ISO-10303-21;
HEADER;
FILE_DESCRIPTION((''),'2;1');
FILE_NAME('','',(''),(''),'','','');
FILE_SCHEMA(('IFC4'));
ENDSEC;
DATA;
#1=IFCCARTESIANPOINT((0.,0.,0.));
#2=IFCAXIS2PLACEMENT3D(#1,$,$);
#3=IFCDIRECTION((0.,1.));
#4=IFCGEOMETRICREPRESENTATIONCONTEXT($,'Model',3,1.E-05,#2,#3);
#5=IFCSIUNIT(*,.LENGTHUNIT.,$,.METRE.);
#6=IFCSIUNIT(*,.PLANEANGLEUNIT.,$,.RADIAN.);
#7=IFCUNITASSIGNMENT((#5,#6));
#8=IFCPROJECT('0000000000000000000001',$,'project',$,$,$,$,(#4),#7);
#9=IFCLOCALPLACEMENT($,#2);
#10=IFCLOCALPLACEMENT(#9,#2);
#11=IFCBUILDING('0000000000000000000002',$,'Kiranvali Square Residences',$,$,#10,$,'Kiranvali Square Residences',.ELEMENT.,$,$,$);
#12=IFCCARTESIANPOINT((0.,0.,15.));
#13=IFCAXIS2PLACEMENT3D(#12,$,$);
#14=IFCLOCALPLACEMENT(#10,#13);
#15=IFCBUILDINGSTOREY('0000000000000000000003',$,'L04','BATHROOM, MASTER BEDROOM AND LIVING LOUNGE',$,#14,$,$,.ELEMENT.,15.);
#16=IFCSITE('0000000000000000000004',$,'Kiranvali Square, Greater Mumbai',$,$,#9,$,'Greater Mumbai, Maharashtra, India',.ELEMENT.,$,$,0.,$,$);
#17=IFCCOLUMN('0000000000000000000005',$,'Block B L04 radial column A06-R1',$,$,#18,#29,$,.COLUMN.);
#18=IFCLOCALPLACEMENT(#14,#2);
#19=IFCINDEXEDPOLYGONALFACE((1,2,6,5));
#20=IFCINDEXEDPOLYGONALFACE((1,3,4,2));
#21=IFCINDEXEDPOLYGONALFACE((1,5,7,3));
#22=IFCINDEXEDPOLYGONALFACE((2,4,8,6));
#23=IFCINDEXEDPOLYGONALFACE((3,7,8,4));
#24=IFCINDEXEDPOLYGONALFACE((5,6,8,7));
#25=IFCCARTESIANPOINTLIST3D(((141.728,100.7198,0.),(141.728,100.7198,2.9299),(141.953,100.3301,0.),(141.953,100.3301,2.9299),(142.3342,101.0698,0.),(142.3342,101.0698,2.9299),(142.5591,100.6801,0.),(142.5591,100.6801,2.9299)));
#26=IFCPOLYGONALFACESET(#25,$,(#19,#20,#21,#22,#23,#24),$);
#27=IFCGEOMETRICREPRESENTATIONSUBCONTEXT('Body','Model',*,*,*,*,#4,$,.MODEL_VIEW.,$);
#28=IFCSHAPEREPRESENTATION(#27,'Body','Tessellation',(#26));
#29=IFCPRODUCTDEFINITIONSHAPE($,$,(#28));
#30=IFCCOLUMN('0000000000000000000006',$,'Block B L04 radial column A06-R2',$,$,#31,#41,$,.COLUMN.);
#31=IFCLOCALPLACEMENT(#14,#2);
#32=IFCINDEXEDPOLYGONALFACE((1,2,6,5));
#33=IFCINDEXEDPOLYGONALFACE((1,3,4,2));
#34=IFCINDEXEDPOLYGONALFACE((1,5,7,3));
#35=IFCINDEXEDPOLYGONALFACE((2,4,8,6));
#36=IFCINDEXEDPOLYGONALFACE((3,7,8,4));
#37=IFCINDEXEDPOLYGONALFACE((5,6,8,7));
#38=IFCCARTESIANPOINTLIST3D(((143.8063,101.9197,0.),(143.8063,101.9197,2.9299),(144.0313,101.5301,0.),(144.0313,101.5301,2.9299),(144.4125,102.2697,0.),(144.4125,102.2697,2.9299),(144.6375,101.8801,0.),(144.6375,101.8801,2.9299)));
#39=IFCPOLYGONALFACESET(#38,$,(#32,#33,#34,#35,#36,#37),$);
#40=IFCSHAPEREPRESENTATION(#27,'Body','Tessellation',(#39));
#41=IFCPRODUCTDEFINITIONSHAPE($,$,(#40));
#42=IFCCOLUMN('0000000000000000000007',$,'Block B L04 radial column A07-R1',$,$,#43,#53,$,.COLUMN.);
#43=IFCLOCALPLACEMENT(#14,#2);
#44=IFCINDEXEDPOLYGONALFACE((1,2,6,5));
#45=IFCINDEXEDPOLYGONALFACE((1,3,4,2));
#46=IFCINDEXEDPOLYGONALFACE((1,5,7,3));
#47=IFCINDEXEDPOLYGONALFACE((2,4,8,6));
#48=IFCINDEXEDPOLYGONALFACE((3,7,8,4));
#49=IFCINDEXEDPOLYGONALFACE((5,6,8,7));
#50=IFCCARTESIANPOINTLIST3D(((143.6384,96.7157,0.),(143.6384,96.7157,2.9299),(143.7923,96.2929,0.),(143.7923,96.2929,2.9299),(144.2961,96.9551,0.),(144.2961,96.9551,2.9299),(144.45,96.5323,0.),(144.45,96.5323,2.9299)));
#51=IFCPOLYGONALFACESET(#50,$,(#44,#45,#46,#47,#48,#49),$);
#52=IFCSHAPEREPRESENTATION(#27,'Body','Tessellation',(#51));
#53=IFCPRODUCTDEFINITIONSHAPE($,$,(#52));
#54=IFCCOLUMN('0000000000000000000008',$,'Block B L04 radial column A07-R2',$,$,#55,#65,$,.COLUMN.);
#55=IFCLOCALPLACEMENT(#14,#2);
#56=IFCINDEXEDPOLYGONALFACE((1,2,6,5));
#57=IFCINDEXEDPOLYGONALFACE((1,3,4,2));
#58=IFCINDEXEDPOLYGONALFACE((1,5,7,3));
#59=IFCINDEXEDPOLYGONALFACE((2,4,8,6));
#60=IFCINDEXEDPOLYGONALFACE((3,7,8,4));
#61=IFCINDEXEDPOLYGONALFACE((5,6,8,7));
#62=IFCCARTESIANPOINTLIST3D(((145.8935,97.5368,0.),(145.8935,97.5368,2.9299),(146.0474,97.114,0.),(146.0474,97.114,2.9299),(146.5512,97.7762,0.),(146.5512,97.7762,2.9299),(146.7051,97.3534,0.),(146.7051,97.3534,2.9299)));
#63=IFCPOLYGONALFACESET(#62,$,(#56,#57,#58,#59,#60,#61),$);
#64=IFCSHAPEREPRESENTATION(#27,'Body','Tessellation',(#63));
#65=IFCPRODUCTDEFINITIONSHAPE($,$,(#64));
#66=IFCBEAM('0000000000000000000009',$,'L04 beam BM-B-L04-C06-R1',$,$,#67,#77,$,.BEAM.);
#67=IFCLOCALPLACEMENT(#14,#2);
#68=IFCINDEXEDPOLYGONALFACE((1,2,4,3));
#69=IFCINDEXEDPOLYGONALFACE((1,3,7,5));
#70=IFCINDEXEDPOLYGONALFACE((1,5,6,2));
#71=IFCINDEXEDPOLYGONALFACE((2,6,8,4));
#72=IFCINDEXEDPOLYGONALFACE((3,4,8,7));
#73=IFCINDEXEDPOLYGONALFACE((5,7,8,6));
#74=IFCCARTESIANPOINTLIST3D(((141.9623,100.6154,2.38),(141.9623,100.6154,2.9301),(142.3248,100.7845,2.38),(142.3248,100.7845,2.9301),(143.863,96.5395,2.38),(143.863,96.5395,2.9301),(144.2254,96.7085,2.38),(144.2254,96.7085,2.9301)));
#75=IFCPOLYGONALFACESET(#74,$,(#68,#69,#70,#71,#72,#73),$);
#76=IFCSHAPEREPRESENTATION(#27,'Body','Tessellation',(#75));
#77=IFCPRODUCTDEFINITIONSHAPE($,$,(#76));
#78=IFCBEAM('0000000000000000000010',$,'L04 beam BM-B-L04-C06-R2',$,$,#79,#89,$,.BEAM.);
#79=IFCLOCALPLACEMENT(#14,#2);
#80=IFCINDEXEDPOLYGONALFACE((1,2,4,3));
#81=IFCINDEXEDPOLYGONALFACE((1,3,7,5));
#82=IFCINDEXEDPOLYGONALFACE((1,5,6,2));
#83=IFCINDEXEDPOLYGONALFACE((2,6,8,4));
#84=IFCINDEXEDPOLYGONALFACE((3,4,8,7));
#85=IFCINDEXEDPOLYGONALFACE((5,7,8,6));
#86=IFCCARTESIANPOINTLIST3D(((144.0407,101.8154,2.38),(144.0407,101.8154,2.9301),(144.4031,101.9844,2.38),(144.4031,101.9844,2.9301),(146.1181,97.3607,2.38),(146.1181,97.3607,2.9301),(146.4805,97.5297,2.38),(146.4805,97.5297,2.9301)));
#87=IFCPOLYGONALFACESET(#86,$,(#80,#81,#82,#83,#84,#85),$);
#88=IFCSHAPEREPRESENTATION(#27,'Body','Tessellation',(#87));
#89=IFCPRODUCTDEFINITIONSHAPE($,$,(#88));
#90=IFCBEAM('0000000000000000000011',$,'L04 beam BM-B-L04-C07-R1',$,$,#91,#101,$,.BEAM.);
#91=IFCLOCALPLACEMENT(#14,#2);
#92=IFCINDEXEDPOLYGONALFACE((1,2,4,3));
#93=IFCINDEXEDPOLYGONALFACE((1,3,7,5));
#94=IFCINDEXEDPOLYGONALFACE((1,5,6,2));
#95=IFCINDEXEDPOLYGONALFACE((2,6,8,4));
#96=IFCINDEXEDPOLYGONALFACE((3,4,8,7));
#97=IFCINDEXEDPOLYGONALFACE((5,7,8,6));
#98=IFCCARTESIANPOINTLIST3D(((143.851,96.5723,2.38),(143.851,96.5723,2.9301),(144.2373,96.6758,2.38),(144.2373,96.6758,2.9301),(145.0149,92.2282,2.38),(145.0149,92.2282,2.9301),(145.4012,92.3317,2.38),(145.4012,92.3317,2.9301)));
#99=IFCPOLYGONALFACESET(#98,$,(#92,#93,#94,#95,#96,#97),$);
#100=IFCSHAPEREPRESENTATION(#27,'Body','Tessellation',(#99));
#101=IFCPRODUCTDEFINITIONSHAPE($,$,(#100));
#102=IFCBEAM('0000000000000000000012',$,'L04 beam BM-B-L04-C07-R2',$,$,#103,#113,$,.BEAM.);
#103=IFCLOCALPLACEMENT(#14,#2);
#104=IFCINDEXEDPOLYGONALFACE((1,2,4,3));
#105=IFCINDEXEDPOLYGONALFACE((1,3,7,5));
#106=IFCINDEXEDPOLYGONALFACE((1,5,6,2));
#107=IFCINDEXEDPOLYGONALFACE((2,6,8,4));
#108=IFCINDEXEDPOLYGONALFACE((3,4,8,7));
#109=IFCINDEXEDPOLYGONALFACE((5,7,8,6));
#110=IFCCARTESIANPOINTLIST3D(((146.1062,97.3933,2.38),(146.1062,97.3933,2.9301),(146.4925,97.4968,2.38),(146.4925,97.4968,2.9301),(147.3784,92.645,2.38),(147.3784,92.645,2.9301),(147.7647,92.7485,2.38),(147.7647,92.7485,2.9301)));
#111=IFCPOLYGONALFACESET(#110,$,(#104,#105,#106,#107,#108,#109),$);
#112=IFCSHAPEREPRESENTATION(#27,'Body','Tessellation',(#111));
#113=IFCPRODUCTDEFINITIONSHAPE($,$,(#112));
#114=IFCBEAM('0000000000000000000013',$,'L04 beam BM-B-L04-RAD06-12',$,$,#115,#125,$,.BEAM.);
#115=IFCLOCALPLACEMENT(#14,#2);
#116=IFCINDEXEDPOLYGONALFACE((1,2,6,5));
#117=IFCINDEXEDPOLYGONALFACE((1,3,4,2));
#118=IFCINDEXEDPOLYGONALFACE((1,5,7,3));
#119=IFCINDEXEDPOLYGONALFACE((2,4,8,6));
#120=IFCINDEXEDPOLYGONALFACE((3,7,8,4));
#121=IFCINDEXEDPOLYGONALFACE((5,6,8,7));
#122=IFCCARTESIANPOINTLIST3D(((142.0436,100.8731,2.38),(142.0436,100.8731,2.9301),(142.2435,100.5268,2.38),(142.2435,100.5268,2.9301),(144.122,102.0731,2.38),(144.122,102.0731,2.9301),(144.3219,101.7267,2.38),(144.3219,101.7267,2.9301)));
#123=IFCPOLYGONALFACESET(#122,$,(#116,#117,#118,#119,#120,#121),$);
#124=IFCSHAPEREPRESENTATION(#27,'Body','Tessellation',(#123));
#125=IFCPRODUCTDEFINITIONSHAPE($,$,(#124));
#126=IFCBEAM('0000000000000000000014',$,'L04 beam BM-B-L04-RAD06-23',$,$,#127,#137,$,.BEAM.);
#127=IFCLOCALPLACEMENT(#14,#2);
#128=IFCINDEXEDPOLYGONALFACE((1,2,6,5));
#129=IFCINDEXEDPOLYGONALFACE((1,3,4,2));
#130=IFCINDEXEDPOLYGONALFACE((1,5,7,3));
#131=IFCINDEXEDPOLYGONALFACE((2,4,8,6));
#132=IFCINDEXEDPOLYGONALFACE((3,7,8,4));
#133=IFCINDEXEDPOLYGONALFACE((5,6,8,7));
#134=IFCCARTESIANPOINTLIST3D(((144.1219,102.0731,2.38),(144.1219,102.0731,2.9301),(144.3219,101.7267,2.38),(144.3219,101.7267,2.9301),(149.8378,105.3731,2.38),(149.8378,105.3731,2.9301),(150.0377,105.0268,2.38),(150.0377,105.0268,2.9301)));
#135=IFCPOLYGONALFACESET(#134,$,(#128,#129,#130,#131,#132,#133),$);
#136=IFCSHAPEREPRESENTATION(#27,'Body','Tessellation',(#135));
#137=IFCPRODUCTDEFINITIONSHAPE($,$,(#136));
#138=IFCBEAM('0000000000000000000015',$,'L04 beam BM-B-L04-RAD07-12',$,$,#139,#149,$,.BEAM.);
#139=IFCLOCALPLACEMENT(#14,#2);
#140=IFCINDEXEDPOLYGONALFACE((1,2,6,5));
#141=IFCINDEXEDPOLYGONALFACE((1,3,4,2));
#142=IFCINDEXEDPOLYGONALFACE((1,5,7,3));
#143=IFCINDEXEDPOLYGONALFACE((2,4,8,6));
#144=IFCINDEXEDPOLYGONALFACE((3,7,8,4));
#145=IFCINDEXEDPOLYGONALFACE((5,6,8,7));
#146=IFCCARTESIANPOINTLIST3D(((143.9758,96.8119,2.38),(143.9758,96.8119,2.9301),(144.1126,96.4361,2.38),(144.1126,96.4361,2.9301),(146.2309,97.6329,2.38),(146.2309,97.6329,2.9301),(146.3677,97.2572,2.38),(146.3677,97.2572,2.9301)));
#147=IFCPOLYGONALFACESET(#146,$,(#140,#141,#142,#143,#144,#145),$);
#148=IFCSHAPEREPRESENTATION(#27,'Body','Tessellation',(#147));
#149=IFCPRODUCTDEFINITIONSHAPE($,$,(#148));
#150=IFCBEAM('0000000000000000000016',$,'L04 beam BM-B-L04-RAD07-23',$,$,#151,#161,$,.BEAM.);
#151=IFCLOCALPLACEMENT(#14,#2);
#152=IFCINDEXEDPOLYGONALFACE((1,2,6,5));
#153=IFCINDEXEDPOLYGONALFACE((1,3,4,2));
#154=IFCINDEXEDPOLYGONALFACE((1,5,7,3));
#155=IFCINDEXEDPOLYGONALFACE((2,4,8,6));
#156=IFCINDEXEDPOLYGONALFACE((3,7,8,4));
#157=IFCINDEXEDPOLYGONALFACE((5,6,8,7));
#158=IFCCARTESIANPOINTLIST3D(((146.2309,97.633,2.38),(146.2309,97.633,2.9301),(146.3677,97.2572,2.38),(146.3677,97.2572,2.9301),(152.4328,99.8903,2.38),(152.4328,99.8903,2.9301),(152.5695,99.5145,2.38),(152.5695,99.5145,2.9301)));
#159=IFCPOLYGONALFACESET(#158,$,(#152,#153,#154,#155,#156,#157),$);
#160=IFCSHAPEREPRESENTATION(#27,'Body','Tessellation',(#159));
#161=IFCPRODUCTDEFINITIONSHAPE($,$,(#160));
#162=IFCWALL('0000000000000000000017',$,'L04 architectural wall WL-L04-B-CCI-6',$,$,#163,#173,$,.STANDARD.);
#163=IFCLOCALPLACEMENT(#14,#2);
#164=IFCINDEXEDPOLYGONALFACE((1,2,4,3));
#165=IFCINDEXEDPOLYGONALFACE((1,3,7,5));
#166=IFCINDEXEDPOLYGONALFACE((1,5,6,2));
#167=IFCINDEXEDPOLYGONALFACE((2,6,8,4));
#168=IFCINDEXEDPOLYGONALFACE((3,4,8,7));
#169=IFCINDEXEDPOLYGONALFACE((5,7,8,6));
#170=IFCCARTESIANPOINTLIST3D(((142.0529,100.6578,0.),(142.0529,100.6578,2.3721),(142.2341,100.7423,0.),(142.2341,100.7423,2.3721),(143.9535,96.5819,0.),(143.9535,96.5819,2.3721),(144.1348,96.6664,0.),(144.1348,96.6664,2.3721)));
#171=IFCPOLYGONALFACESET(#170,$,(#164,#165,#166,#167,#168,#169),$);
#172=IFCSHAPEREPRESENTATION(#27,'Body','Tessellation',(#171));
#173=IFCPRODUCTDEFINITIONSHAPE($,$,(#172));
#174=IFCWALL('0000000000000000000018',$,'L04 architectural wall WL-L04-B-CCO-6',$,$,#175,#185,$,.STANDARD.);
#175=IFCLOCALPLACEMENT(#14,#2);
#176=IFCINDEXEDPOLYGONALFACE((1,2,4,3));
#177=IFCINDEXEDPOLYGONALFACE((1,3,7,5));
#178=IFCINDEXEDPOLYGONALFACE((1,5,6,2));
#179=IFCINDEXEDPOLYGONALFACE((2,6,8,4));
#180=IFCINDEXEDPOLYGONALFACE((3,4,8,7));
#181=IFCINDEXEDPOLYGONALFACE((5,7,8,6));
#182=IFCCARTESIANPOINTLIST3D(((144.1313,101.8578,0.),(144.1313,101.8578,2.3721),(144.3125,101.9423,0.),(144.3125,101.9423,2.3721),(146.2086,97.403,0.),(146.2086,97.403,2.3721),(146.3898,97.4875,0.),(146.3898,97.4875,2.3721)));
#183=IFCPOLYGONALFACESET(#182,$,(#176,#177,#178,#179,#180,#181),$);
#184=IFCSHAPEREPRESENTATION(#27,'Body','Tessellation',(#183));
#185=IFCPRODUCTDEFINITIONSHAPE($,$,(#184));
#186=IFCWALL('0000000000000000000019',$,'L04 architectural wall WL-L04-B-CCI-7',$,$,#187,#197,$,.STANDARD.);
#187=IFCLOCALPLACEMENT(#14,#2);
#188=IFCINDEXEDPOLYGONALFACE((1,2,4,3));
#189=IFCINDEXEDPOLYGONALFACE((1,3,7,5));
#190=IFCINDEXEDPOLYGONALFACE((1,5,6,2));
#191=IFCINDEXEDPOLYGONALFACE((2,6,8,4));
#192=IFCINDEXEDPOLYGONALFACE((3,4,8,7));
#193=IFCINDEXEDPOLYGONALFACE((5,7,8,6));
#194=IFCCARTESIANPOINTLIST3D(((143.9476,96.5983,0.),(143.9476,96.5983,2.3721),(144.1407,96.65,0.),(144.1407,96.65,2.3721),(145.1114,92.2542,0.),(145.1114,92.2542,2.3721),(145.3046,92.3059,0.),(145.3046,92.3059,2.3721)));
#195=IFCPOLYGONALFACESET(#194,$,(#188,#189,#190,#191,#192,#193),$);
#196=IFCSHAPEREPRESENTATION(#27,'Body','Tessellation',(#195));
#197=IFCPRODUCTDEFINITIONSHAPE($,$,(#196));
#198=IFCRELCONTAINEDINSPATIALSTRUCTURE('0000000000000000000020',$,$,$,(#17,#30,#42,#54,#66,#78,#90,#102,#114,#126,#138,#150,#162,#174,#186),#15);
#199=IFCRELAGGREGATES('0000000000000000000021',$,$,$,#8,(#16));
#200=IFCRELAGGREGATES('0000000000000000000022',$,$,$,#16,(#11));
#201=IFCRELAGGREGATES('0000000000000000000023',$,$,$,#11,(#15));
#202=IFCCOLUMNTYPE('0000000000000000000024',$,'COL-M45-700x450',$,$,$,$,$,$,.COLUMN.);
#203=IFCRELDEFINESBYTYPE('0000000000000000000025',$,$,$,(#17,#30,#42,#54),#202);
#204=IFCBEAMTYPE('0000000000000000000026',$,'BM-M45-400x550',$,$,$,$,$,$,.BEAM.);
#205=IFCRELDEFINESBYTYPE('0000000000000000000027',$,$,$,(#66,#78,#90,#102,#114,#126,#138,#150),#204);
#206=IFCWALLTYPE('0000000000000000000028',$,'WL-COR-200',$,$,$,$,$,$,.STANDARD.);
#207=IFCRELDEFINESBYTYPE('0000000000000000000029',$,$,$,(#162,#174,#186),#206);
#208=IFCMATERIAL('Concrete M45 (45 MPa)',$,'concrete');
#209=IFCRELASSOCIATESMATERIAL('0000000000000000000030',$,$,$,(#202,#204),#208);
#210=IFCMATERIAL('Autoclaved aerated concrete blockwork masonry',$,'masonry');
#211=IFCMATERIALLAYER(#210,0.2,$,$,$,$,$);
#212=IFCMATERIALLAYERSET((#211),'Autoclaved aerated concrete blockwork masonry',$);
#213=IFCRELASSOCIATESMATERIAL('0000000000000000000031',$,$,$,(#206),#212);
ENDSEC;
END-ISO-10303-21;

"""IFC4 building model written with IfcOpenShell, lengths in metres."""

from ifc_helpers import new_model, si_unit, direction, frame, frame_2d, origin, origin_2d, place, context, subcontext, project, spatial, rectangle, extrude, material, layer, layer_set, material_profile, profile_set, type_object, element, save


model = new_model("IFC4")

# Units and contexts
model_context = context("Model", 3, precision=1e-05, world=origin(), true_north=direction((0.0, 1.0)))
body_context = subcontext(model_context, "Body", "Model", "MODEL_VIEW")
ifc_project = project(units=[si_unit("LENGTHUNIT", "METRE"), si_unit("PLANEANGLEUNIT", "RADIAN")], contexts=[model_context])

# Site, building, storey
site_placement = place(None, origin())
site = spatial("IfcSite", under=ifc_project, at=site_placement, Name="Kiranvali Square, Greater Mumbai", LongName="Greater Mumbai, Maharashtra, India", CompositionType="ELEMENT", RefElevation=0.0)
building_placement = place(site_placement, origin())
building = spatial("IfcBuilding", under=site, at=building_placement, Name="Kiranvali Square Residences", LongName="Kiranvali Square Residences", CompositionType="ELEMENT")
storey_placement = place(building_placement, frame((0.0, 0.0, 15.0)))
storey = spatial("IfcBuildingStorey", under=building, at=storey_placement, Name="L04", Description="BATHROOM, MASTER BEDROOM AND LIVING LOUNGE", CompositionType="ELEMENT", Elevation=15.0)

# Columns
ifc_material_1 = material(Name="Concrete M45 (45 MPa)", Category="concrete")
ifc_material_profile_1 = material_profile(ifc_material_1, rectangle(XDim=0.45, YDim=0.7, at=origin_2d()), Name="RC 700x450")
ifc_profile_set_1 = profile_set([ifc_material_profile_1], Name="Concrete M45 (45 MPa)")
column_type = type_object("IfcColumnType", Name="COL-M45-700x450", PredefinedType="COLUMN", material=ifc_profile_set_1)
for number, where, z_axis, x_axis, name in (
    (1, (142.1436, 100.7, 0.0), (0.0, 0.0, 1.0), (-0.5, 0.866025, 0.0), "Block B L04 radial column A06-R1"),
    (2, (144.2219, 101.8999, 0.0), (0.0, 0.0, 1.0), (-0.5, 0.866025, 0.0), "Block B L04 radial column A06-R2"),
    (3, (144.0442, 96.624, 0.0), (0.0, 0.0, 1.0), (-0.34202, 0.939693, 0.0), "Block B L04 radial column A07-R1"),
    (4, (146.2993, 97.4451, 0.0), (0.0, 0.0, 1.0), (-0.34202, 0.939693, 0.0), "Block B L04 radial column A07-R2"),
):
    element("IfcColumn", number, at=place(storey_placement, frame(where, z_axis=z_axis, x_axis=x_axis)), inside=storey, type_object=column_type, Name=name, PredefinedType="COLUMN", context=body_context, shape_type="SweptSolid", body=[
        extrude(rectangle(XDim=0.45, YDim=0.7, at=origin_2d()), origin(), (0.0, 0.0, 1.0), 2.9299),
    ])

# Beams
ifc_material_profile_2 = material_profile(ifc_material_1, rectangle(XDim=0.3999, YDim=0.55, at=origin_2d()), Name="RC 400x550")
ifc_profile_set_2 = profile_set([ifc_material_profile_2], Name="Concrete M45 (45 MPa)")
beam_type = type_object("IfcBeamType", Name="BM-M45-400x550", PredefinedType="BEAM", material=ifc_profile_set_2)
beam_1_placement = place(storey_placement, frame((142.1436, 100.7, 2.655), z_axis=(0.422618, -0.906308, 0.0), x_axis=(0.906308, 0.422618, 0.0)))
element("IfcBeam", 5, at=beam_1_placement, inside=storey, type_object=beam_type, Name="L04 beam BM-B-L04-C06-R1", PredefinedType="BEAM", context=body_context, shape_type="SweptSolid", body=[
    extrude(rectangle(XDim=0.3999, YDim=0.55, at=origin_2d()), origin(), (0.0, 0.0, 1.0), 4.4973),
])
beam_2_placement = place(storey_placement, frame((144.2219, 101.8999, 2.655), z_axis=(0.42263, -0.906302, 0.0), x_axis=(0.906302, 0.42263, 0.0)))
element("IfcBeam", 6, at=beam_2_placement, inside=storey, type_object=beam_type, Name="L04 beam BM-B-L04-C06-R2", PredefinedType="BEAM", context=body_context, shape_type="SweptSolid", body=[
    extrude(rectangle(XDim=0.3999, YDim=0.55, at=origin_2d()), origin(), (0.0, 0.0, 1.0), 4.9153),
])
beam_3_placement = place(storey_placement, frame((144.0442, 96.624, 2.655), z_axis=(0.258788, -0.965934, 0.0), x_axis=(0.965934, 0.258788, 0.0)))
element("IfcBeam", 7, at=beam_3_placement, inside=storey, type_object=beam_type, Name="L04 beam BM-B-L04-C07-R1", PredefinedType="BEAM", context=body_context, shape_type="SweptSolid", body=[
    extrude(rectangle(XDim=0.3999, YDim=0.55, at=origin_2d()), origin(), (0.0, 0.0, 1.0), 4.4973),
])
beam_4_placement = place(storey_placement, frame((146.2993, 97.4451, 2.655), z_axis=(0.258803, -0.96593, 0.0), x_axis=(0.96593, 0.258803, 0.0)))
element("IfcBeam", 8, at=beam_4_placement, inside=storey, type_object=beam_type, Name="L04 beam BM-B-L04-C07-R2", PredefinedType="BEAM", context=body_context, shape_type="SweptSolid", body=[
    extrude(rectangle(XDim=0.3999, YDim=0.55, at=origin_2d()), origin(), (0.0, 0.0, 1.0), 4.9158),
])
beam_5_placement = place(storey_placement, frame((142.1436, 100.7, 2.655), z_axis=(0.866025, 0.500001, 0.0), x_axis=(-0.500001, 0.866025, 0.0)))
element("IfcBeam", 9, at=beam_5_placement, inside=storey, type_object=beam_type, Name="L04 beam BM-B-L04-RAD06-12", PredefinedType="BEAM", context=body_context, shape_type="SweptSolid", body=[
    extrude(rectangle(XDim=0.3999, YDim=0.55, at=origin_2d()), origin(), (0.0, 0.0, 1.0), 2.3999),
])
beam_6_placement = place(storey_placement, frame((144.2219, 101.8999, 2.655), z_axis=(0.866024, 0.500002, 0.0), x_axis=(-0.500002, 0.866024, 0.0)))
element("IfcBeam", 10, at=beam_6_placement, inside=storey, type_object=beam_type, Name="L04 beam BM-B-L04-RAD06-23", PredefinedType="BEAM", context=body_context, shape_type="SweptSolid", body=[
    extrude(rectangle(XDim=0.3999, YDim=0.55, at=origin_2d()), origin(), (0.0, 0.0, 1.0), 6.6001),
])
beam_7_placement = place(storey_placement, frame((144.0442, 96.624, 2.655), z_axis=(0.93966, 0.342111, 0.0), x_axis=(-0.342111, 0.93966, 0.0)))
element("IfcBeam", 11, at=beam_7_placement, inside=storey, type_object=beam_type, Name="L04 beam BM-B-L04-RAD07-12", PredefinedType="BEAM", context=body_context, shape_type="SweptSolid", body=[
    extrude(rectangle(XDim=0.3999, YDim=0.55, at=origin_2d()), origin(), (0.0, 0.0, 1.0), 2.3999),
])
beam_8_placement = place(storey_placement, frame((146.2993, 97.4451, 2.655), z_axis=(0.939692, 0.342022, 0.0), x_axis=(-0.342022, 0.939692, 0.0)))
element("IfcBeam", 12, at=beam_8_placement, inside=storey, type_object=beam_type, Name="L04 beam BM-B-L04-RAD07-23", PredefinedType="BEAM", context=body_context, shape_type="SweptSolid", body=[
    extrude(rectangle(XDim=0.3999, YDim=0.55, at=origin_2d()), origin(), (0.0, 0.0, 1.0), 6.5999),
])

# Shared definitions
ifc_material_2 = material(Name="Autoclaved aerated concrete blockwork masonry", Category="masonry")
ifc_layer_1 = layer(ifc_material_2, 0.2)
ifc_layer_set_1 = layer_set([ifc_layer_1], Name="Autoclaved aerated concrete blockwork masonry")
wall_type_1 = type_object("IfcWallType", Name="WL-COR-200", PredefinedType="STANDARD", material=ifc_layer_set_1)

# Walls
wall_1_placement = place(storey_placement, frame((142.1436, 100.7, 0.0), z_axis=(0.0, 0.0, 1.0), x_axis=(0.422618, -0.906308, 0.0)))
element("IfcWall", 13, at=wall_1_placement, inside=storey, type_object=wall_type_1, Name="L04 architectural wall WL-L04-B-CCI-6", PredefinedType="STANDARD", context=body_context, shape_type="SweptSolid", body=[
    extrude(rectangle(XDim=4.4973, YDim=0.2, at=frame_2d((2.2485, 0.0))), origin(), (0.0, 0.0, 1.0), 2.3721),
])
wall_2_placement = place(storey_placement, frame((144.2219, 101.8999, 0.0), z_axis=(0.0, 0.0, 1.0), x_axis=(0.42263, -0.906302, 0.0)))
element("IfcWall", 14, at=wall_2_placement, inside=storey, type_object=wall_type_1, Name="L04 architectural wall WL-L04-B-CCO-6", PredefinedType="STANDARD", context=body_context, shape_type="SweptSolid", body=[
    extrude(rectangle(XDim=4.9153, YDim=0.2, at=frame_2d((2.4575, 0.0))), origin(), (0.0, 0.0, 1.0), 2.3721),
])
wall_3_placement = place(storey_placement, frame((144.0442, 96.624, 0.0), z_axis=(0.0, 0.0, 1.0), x_axis=(0.258788, -0.965934, 0.0)))
element("IfcWall", 15, at=wall_3_placement, inside=storey, type_object=wall_type_1, Name="L04 architectural wall WL-L04-B-CCI-7", PredefinedType="STANDARD", context=body_context, shape_type="SweptSolid", body=[
    extrude(rectangle(XDim=4.4973, YDim=0.2, at=frame_2d((2.2485, 0.0))), origin(), (0.0, 0.0, 1.0), 2.3721),
])

save(model, "model.ifc")
